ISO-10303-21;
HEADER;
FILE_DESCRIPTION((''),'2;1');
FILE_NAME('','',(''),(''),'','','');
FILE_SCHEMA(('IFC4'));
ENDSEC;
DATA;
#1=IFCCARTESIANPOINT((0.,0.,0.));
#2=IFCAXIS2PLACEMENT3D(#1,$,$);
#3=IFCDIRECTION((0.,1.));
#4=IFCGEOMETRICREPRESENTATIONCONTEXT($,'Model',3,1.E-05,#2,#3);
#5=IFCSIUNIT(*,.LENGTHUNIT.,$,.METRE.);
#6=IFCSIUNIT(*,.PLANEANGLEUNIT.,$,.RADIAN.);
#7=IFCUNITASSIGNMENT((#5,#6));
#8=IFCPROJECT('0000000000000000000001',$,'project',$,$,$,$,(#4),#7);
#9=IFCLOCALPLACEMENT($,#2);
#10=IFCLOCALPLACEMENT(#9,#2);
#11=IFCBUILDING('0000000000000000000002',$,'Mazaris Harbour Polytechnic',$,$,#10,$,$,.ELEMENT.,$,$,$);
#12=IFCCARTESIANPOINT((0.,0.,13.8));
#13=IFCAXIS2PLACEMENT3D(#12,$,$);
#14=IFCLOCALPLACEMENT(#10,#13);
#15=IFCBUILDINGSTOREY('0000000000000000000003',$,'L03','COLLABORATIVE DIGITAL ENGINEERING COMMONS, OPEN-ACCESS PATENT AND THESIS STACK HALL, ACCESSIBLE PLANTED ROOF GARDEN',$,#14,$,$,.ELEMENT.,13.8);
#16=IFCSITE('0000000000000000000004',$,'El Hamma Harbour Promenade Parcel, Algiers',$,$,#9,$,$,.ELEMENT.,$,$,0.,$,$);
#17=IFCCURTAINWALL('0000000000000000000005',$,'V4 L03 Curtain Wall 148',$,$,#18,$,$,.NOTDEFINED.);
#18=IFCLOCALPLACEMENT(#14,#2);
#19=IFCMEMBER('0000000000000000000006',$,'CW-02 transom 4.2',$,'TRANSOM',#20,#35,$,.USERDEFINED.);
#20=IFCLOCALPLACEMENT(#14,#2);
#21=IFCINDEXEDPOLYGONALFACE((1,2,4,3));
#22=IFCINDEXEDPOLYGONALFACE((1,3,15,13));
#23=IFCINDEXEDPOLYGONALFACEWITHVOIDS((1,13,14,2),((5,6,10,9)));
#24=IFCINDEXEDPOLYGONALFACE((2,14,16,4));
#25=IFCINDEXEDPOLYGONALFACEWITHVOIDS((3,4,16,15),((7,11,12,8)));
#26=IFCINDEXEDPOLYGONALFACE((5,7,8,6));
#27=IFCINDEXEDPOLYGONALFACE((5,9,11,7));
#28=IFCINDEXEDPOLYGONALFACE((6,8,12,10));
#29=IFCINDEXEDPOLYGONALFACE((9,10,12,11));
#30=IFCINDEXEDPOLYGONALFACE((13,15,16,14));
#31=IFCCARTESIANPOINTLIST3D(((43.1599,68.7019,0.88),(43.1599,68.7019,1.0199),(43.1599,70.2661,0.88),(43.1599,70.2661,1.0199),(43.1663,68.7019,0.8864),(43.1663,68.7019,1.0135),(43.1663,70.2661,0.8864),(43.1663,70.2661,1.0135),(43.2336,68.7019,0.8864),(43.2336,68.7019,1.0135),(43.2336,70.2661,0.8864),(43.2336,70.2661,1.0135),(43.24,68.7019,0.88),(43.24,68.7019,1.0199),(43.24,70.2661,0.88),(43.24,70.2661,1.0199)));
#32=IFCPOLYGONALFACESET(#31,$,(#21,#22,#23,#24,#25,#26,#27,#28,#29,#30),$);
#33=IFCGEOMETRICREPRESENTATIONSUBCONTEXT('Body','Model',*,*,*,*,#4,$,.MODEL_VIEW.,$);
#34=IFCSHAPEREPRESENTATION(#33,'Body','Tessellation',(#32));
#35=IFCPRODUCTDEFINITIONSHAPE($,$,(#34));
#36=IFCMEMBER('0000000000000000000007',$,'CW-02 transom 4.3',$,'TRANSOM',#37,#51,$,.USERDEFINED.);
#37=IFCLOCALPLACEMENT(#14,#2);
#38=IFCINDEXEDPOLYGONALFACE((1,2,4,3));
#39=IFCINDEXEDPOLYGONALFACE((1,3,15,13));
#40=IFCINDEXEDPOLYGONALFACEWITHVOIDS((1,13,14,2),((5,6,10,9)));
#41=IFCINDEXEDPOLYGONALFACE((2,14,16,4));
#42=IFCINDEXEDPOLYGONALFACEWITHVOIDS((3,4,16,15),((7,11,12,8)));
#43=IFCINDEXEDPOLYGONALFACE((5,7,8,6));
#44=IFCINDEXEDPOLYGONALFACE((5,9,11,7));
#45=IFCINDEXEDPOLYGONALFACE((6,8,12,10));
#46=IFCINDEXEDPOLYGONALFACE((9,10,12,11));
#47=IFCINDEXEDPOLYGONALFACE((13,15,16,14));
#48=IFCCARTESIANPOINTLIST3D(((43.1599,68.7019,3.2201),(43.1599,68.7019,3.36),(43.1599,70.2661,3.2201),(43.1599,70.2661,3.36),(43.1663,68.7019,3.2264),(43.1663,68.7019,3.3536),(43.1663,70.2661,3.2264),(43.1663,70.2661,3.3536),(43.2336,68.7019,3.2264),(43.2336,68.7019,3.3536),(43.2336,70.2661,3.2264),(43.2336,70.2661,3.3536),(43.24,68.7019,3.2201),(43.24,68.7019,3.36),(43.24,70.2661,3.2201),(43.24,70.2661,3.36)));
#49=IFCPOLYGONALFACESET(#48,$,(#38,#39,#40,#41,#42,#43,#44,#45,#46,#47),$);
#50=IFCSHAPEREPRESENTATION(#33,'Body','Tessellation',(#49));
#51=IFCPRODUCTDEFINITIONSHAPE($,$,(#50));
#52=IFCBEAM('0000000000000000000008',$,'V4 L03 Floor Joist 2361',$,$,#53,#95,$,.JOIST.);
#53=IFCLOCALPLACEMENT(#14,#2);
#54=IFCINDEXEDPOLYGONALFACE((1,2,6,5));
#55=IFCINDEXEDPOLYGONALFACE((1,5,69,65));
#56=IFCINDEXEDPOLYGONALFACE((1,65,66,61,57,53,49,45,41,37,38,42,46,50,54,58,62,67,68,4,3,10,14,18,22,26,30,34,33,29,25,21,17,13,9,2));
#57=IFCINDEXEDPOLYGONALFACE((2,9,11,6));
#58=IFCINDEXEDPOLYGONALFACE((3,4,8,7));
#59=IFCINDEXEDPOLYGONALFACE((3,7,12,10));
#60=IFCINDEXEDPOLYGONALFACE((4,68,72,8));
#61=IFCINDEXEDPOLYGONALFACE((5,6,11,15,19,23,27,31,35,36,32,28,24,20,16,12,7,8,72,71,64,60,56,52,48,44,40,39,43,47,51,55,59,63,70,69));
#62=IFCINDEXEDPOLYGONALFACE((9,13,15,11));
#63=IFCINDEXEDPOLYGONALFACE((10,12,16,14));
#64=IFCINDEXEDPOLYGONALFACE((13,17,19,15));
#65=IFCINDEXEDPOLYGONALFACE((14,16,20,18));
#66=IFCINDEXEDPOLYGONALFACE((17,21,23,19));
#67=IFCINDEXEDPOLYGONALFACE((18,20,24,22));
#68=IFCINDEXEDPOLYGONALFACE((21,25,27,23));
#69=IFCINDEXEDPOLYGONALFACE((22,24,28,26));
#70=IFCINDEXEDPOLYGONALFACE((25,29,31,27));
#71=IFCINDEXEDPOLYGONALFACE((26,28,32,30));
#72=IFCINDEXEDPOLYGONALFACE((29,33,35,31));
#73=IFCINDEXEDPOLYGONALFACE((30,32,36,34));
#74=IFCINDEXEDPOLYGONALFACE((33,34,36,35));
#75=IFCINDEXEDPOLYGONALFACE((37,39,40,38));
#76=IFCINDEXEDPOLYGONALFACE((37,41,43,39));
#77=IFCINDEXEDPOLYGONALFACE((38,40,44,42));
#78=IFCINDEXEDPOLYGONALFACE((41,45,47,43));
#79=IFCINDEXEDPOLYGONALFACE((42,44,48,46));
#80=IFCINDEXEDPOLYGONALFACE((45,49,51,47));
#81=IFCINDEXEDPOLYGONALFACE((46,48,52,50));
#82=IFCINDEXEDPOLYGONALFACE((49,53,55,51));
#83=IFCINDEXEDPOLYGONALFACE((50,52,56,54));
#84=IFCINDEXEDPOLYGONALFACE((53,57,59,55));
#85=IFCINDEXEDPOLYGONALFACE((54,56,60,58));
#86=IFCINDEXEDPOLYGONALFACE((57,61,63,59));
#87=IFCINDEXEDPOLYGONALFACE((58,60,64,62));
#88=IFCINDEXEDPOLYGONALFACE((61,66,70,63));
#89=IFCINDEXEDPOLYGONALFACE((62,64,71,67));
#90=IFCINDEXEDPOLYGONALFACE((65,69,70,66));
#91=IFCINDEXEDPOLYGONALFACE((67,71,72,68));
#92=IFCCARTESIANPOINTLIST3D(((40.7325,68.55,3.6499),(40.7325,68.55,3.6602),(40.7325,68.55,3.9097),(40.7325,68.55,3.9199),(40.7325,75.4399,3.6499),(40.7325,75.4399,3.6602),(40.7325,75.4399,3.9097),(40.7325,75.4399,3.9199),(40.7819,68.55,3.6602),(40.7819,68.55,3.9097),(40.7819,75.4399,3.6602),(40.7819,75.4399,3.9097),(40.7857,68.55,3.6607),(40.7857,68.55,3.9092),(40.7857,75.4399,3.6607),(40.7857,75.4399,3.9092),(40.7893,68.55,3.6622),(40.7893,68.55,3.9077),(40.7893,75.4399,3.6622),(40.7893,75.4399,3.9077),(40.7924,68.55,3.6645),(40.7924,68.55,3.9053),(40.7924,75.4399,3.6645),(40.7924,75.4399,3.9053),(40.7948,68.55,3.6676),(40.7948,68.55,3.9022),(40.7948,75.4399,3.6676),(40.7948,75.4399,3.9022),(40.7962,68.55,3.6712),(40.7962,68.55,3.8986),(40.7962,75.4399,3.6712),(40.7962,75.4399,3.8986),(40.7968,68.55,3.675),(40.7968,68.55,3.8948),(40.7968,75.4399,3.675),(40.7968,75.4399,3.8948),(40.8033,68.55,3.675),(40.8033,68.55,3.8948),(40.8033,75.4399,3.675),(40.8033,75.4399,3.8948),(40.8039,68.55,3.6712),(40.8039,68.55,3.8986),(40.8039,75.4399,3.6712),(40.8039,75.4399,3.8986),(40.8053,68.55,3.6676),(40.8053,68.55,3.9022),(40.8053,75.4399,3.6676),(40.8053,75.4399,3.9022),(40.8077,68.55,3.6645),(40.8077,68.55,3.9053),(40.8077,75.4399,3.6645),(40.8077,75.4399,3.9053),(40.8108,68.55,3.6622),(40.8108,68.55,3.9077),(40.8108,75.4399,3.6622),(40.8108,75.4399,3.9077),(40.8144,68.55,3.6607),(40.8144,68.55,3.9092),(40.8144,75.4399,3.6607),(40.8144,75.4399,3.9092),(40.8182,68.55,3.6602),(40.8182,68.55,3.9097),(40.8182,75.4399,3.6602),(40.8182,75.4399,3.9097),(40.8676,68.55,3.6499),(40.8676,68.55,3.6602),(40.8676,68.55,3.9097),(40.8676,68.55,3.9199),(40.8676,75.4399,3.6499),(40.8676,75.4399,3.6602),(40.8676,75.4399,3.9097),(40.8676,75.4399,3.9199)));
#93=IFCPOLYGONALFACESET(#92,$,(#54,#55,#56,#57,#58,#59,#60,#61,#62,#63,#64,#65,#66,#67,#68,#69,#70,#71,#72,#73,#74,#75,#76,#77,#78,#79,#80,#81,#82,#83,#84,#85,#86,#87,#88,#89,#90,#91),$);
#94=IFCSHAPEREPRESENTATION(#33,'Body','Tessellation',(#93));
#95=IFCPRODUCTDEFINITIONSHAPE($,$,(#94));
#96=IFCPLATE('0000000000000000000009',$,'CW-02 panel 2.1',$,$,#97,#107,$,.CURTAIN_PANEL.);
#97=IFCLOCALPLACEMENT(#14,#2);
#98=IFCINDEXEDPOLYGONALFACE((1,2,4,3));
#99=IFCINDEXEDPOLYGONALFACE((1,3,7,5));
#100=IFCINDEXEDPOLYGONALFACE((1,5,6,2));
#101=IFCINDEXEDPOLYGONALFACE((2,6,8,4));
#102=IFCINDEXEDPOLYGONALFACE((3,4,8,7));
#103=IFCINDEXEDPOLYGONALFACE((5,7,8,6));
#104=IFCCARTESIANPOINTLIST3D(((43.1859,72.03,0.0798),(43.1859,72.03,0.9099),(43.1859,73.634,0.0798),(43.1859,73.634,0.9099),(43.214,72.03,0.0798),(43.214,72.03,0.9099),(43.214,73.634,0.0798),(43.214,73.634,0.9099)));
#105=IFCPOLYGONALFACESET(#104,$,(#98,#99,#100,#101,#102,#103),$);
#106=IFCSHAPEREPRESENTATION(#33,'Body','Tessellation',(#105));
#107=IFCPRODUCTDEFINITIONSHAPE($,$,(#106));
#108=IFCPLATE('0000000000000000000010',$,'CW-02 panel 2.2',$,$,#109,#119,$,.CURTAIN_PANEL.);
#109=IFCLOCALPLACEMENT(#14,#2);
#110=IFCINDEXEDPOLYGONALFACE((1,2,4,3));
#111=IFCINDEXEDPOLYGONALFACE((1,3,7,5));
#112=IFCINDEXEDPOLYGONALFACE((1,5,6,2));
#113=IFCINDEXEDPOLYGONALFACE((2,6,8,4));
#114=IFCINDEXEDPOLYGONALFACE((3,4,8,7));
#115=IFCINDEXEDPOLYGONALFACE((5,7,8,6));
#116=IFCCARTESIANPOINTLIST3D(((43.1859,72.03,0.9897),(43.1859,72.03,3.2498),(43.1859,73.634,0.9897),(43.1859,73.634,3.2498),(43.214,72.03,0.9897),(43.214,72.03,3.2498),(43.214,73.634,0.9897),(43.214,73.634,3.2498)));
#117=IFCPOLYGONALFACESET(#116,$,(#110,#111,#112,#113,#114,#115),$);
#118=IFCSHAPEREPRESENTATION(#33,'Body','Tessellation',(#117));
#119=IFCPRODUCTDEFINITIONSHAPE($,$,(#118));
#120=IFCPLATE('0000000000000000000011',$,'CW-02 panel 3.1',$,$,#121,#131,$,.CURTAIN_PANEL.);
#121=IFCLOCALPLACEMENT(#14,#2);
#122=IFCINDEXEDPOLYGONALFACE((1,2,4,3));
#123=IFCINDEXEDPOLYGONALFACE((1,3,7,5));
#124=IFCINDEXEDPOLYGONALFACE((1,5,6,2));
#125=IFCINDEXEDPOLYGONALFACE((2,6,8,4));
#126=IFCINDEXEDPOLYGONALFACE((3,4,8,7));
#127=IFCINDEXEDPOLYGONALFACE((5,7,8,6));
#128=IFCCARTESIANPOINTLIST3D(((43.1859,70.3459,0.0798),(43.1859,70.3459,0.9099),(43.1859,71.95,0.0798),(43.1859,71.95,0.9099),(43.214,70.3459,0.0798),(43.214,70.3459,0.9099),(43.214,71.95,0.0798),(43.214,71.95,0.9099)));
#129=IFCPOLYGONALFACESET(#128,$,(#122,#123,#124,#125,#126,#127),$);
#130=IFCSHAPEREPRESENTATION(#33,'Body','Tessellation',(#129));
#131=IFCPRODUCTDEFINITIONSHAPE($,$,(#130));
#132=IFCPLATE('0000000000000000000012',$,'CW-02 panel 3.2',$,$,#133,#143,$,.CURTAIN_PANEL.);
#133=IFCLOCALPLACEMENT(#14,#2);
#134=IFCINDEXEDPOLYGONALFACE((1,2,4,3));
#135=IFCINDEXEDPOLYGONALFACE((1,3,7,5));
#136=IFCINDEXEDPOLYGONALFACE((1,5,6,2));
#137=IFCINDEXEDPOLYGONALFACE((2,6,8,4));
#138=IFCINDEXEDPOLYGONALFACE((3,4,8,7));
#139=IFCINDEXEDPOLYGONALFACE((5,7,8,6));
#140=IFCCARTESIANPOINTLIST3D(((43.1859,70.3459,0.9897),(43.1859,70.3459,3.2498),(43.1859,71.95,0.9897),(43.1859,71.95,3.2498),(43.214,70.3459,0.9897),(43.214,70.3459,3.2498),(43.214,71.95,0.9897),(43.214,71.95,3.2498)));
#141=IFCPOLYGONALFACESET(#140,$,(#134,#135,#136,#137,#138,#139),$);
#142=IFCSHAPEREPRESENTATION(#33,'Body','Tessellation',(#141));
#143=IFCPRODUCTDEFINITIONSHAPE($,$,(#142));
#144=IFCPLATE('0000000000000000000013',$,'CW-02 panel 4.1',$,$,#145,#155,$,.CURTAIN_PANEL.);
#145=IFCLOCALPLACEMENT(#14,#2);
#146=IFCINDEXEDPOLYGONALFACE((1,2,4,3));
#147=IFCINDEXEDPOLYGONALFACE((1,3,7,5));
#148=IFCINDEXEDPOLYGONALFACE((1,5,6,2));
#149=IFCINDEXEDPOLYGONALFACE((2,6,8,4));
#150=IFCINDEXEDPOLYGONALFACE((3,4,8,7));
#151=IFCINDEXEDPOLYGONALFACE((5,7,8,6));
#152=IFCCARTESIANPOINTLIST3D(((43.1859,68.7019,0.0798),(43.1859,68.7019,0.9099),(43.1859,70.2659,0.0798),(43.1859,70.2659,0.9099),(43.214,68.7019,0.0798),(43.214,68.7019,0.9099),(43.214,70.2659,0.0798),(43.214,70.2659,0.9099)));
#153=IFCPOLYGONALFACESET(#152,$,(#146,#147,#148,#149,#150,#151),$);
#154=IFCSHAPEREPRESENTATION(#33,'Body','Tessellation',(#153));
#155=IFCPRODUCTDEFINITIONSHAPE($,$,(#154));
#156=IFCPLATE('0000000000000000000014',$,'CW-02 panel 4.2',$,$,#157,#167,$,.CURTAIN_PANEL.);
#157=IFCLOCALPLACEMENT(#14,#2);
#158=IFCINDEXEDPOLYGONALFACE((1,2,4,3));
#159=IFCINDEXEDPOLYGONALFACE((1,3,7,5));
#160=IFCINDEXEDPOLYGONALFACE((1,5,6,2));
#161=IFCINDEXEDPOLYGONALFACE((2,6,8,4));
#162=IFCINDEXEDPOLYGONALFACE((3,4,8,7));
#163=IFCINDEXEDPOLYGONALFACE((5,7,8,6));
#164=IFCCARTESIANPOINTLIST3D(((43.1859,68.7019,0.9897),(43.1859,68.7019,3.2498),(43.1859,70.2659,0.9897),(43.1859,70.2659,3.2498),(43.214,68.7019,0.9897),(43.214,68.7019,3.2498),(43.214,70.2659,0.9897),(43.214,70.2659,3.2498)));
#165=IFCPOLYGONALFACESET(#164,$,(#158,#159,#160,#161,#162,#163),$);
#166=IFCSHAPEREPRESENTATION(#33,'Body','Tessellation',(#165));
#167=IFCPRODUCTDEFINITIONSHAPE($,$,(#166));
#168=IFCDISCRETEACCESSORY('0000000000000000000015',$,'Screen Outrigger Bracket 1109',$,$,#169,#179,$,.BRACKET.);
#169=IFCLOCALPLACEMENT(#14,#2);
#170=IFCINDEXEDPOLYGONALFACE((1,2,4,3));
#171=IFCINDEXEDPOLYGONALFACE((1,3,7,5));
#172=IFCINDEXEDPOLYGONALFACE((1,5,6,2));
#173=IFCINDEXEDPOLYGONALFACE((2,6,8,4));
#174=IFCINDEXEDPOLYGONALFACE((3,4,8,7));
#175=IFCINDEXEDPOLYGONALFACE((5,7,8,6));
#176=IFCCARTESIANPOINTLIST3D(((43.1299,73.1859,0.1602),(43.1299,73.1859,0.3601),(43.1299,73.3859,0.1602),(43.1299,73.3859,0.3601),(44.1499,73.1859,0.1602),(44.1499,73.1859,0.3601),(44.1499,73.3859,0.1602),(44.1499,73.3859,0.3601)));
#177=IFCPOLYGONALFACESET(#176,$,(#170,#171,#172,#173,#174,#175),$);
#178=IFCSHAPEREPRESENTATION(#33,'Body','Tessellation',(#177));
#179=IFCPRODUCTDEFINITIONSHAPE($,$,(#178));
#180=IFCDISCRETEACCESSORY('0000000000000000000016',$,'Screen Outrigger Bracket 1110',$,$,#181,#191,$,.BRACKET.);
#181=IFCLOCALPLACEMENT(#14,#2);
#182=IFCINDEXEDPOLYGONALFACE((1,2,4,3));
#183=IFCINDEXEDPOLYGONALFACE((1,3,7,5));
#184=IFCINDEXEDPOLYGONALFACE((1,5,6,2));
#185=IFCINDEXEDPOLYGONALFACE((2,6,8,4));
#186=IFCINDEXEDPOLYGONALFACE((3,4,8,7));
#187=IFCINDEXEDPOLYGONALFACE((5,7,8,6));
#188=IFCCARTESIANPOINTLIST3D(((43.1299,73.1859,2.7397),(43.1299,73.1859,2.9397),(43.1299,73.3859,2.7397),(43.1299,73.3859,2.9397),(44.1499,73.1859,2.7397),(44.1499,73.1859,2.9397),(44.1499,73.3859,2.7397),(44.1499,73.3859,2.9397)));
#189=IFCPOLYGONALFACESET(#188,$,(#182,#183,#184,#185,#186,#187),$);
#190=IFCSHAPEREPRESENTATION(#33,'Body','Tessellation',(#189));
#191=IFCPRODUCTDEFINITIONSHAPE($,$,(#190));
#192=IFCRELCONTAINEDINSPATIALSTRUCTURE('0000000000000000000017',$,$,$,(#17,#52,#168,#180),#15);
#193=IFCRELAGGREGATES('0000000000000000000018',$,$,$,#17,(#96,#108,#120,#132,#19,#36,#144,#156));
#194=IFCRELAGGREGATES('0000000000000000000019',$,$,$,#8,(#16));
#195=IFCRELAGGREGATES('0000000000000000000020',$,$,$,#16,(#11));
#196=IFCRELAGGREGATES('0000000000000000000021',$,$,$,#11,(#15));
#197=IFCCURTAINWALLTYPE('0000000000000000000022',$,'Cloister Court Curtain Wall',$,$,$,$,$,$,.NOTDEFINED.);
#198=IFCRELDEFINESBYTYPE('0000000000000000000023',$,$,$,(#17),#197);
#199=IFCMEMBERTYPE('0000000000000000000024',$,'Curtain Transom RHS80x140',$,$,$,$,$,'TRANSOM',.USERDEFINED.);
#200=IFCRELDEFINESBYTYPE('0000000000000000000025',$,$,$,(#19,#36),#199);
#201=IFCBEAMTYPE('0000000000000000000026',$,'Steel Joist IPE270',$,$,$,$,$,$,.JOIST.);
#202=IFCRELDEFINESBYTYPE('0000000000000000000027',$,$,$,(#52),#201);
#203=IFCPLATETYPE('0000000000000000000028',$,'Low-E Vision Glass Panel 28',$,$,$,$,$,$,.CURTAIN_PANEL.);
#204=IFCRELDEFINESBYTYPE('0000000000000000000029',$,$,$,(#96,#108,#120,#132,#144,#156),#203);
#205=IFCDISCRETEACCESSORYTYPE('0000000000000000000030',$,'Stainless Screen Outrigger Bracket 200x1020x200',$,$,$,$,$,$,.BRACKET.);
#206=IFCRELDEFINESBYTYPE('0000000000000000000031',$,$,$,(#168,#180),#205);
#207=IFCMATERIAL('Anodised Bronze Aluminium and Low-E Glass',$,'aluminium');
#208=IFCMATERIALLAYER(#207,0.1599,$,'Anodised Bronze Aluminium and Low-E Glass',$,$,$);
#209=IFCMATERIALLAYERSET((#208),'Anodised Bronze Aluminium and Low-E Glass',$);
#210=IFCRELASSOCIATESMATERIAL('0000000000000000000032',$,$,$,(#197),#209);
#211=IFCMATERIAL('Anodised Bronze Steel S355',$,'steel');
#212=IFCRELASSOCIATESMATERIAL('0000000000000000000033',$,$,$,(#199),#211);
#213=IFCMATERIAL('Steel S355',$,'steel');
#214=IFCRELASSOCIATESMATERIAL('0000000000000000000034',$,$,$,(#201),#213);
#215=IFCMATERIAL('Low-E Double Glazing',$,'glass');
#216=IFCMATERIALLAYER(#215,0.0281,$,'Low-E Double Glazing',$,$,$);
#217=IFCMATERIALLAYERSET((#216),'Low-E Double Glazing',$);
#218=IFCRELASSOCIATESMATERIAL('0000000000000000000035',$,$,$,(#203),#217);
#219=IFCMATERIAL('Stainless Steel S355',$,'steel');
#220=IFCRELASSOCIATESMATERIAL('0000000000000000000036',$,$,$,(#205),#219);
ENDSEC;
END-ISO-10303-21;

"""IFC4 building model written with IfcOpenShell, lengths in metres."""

from ifc_helpers import new_model, si_unit, direction, frame, origin, origin_2d, place, context, subcontext, project, spatial, rectangle, hollow_rectangle, i_section, extrude, material, layer, layer_set, material_profile, profile_set, type_object, element, aggregate, save


model = new_model("IFC4")

# Units and contexts
model_context = context("Model", 3, precision=1e-05, world=origin(), true_north=direction((0.0, 1.0)))
body_context = subcontext(model_context, "Body", "Model", "MODEL_VIEW")
ifc_project = project(units=[si_unit("LENGTHUNIT", "METRE"), si_unit("PLANEANGLEUNIT", "RADIAN")], contexts=[model_context])

# Site, building, storey
site_placement = place(None, origin())
site = spatial("IfcSite", under=ifc_project, at=site_placement, Name="El Hamma Harbour Promenade Parcel, Algiers", CompositionType="ELEMENT", RefElevation=0.0)
building_placement = place(site_placement, origin())
building = spatial("IfcBuilding", under=site, at=building_placement, Name="Mazaris Harbour Polytechnic", CompositionType="ELEMENT")
storey_placement = place(building_placement, frame((0.0, 0.0, 13.8)))
storey = spatial("IfcBuildingStorey", under=building, at=storey_placement, Name="L03", Description="COLLABORATIVE DIGITAL ENGINEERING COMMONS, OPEN-ACCESS PATENT AND THESIS STACK HALL, ACCESSIBLE PLANTED ROOF GARDEN", CompositionType="ELEMENT", Elevation=13.8)

# Curtain wall, members
ifc_material_1 = material(Name="Anodised Bronze Aluminium and Low-E Glass", Category="aluminium")
ifc_layer_1 = layer(ifc_material_1, 0.1599, Name="Anodised Bronze Aluminium and Low-E Glass")
ifc_layer_set_1 = layer_set([ifc_layer_1], Name="Anodised Bronze Aluminium and Low-E Glass")
curtain_wall_type = type_object("IfcCurtainWallType", Name="Cloister Court Curtain Wall", PredefinedType="NOTDEFINED", material=ifc_layer_set_1)
curtain_wall_placement = place(storey_placement, origin())
curtain_wall = element("IfcCurtainWall", 1, at=curtain_wall_placement, inside=storey, type_object=curtain_wall_type, Name="V4 L03 Curtain Wall 148", PredefinedType="NOTDEFINED")
ifc_material_2 = material(Name="Anodised Bronze Steel S355", Category="steel")
ifc_material_profile_1 = material_profile(ifc_material_2, hollow_rectangle(XDim=0.0801, YDim=0.1399, WallThickness=0.0063, at=origin_2d()), Name="RHS 80x140x6.3")
ifc_profile_set_1 = profile_set([ifc_material_profile_1], Name="Anodised Bronze Steel S355")
member_type_1 = type_object("IfcMemberType", Name="Curtain Transom RHS80x140", ElementType="TRANSOM", PredefinedType="USERDEFINED", material=ifc_profile_set_1)
member_1_placement = place(storey_placement, frame((43.2, 70.2661, 0.95), z_axis=(0.0, -1.0, 0.0), x_axis=(1.0, 0.0, 0.0)))
member_1 = element("IfcMember", 2, at=member_1_placement, type_object=member_type_1, Name="CW-02 transom 4.2", ObjectType="TRANSOM", PredefinedType="USERDEFINED", context=body_context, shape_type="SweptSolid", body=[
    extrude(hollow_rectangle(XDim=0.0801, YDim=0.1399, WallThickness=0.0063, at=origin_2d()), origin(), (0.0, 0.0, 1.0), 1.5642),
])
member_2_placement = place(storey_placement, frame((43.2, 70.2661, 3.29), z_axis=(0.0, -1.0, 0.0), x_axis=(1.0, 0.0, 0.0)))
member_2 = element("IfcMember", 3, at=member_2_placement, type_object=member_type_1, Name="CW-02 transom 4.3", ObjectType="TRANSOM", PredefinedType="USERDEFINED", context=body_context, shape_type="SweptSolid", body=[
    extrude(hollow_rectangle(XDim=0.0801, YDim=0.1399, WallThickness=0.0063, at=origin_2d()), origin(), (0.0, 0.0, 1.0), 1.5642),
])

# Beam
ifc_material_3 = material(Name="Steel S355", Category="steel")
ifc_material_profile_2 = material_profile(ifc_material_3, i_section(OverallWidth=0.135, OverallDepth=0.27, WebThickness=0.0066, FlangeThickness=0.0103, FilletRadius=0.0149, at=origin_2d()), Name="IPE 270")
ifc_profile_set_2 = profile_set([ifc_material_profile_2], Name="Steel S355")
beam_type = type_object("IfcBeamType", Name="Steel Joist IPE270", PredefinedType="JOIST", material=ifc_profile_set_2)
beam_placement = place(storey_placement, frame((40.8, 68.55, 3.7849), z_axis=(0.0, 1.0, 0.0), x_axis=(-1.0, 0.0, 0.0)))
element("IfcBeam", 4, at=beam_placement, inside=storey, type_object=beam_type, Name="V4 L03 Floor Joist 2361", PredefinedType="JOIST", context=body_context, shape_type="SweptSolid", body=[
    extrude(i_section(OverallWidth=0.135, OverallDepth=0.27, WebThickness=0.0066, FlangeThickness=0.0103, FilletRadius=0.0149, at=origin_2d()), origin(), (0.0, 0.0, 1.0), 6.8899),
])

# Plates
ifc_material_4 = material(Name="Low-E Double Glazing", Category="glass")
ifc_layer_2 = layer(ifc_material_4, 0.0281, Name="Low-E Double Glazing")
ifc_layer_set_2 = layer_set([ifc_layer_2], Name="Low-E Double Glazing")
plate_type = type_object("IfcPlateType", Name="Low-E Vision Glass Panel 28", PredefinedType="CURTAIN_PANEL", material=ifc_layer_set_2)
plate_1_placement = place(storey_placement, frame((43.2, 72.832, 0.0798), z_axis=(0.0, 0.0, 1.0), x_axis=(0.0, -1.0, 0.0)))
plate_1 = element("IfcPlate", 5, at=plate_1_placement, type_object=plate_type, Name="CW-02 panel 2.1", PredefinedType="CURTAIN_PANEL", context=body_context, shape_type="SweptSolid", body=[
    extrude(rectangle(XDim=1.604, YDim=0.0281, at=origin_2d()), origin(), (0.0, 0.0, 1.0), 0.8301),
])
plate_2_placement = place(storey_placement, frame((43.2, 72.832, 0.9897), z_axis=(0.0, 0.0, 1.0), x_axis=(0.0, -1.0, 0.0)))
plate_2 = element("IfcPlate", 6, at=plate_2_placement, type_object=plate_type, Name="CW-02 panel 2.2", PredefinedType="CURTAIN_PANEL", context=body_context, shape_type="SweptSolid", body=[
    extrude(rectangle(XDim=1.604, YDim=0.0281, at=origin_2d()), origin(), (0.0, 0.0, 1.0), 2.26),
])
plate_3_placement = place(storey_placement, frame((43.2, 71.1479, 0.0798), z_axis=(0.0, 0.0, 1.0), x_axis=(0.0, -1.0, 0.0)))
plate_3 = element("IfcPlate", 7, at=plate_3_placement, type_object=plate_type, Name="CW-02 panel 3.1", PredefinedType="CURTAIN_PANEL", context=body_context, shape_type="SweptSolid", body=[
    extrude(rectangle(XDim=1.604, YDim=0.0281, at=origin_2d()), origin(), (0.0, 0.0, 1.0), 0.8301),
])
plate_4_placement = place(storey_placement, frame((43.2, 71.1479, 0.9897), z_axis=(0.0, 0.0, 1.0), x_axis=(0.0, -1.0, 0.0)))
plate_4 = element("IfcPlate", 8, at=plate_4_placement, type_object=plate_type, Name="CW-02 panel 3.2", PredefinedType="CURTAIN_PANEL", context=body_context, shape_type="SweptSolid", body=[
    extrude(rectangle(XDim=1.604, YDim=0.0281, at=origin_2d()), origin(), (0.0, 0.0, 1.0), 2.26),
])
plate_5_placement = place(storey_placement, frame((43.2, 69.4839, 0.0798), z_axis=(0.0, 0.0, 1.0), x_axis=(0.0, -1.0, 0.0)))
plate_5 = element("IfcPlate", 9, at=plate_5_placement, type_object=plate_type, Name="CW-02 panel 4.1", PredefinedType="CURTAIN_PANEL", context=body_context, shape_type="SweptSolid", body=[
    extrude(rectangle(XDim=1.564, YDim=0.0281, at=origin_2d()), origin(), (0.0, 0.0, 1.0), 0.8301),
])
plate_6_placement = place(storey_placement, frame((43.2, 69.4839, 0.9897), z_axis=(0.0, 0.0, 1.0), x_axis=(0.0, -1.0, 0.0)))
plate_6 = element("IfcPlate", 10, at=plate_6_placement, type_object=plate_type, Name="CW-02 panel 4.2", PredefinedType="CURTAIN_PANEL", context=body_context, shape_type="SweptSolid", body=[
    extrude(rectangle(XDim=1.564, YDim=0.0281, at=origin_2d()), origin(), (0.0, 0.0, 1.0), 2.26),
])
aggregate(curtain_wall, [plate_1, plate_2, plate_3, plate_4, member_1, member_2, plate_5, plate_6])

# Discrete accessories
ifc_material_5 = material(Name="Stainless Steel S355", Category="steel")
discrete_accessory_type = type_object("IfcDiscreteAccessoryType", Name="Stainless Screen Outrigger Bracket 200x1020x200", PredefinedType="BRACKET", material=ifc_material_5)
for number, where, z_axis, x_axis, name in (
    (11, (43.6399, 73.2859, 0.1602), (0.0, 0.0, 1.0), (0.0, -1.0, 0.0), "Screen Outrigger Bracket 1109"),
    (12, (43.6399, 73.2859, 2.7397), (0.0, 0.0, 1.0), (0.0, -1.0, 0.0), "Screen Outrigger Bracket 1110"),
):
    element("IfcDiscreteAccessory", number, at=place(storey_placement, frame(where, z_axis=z_axis, x_axis=x_axis)), inside=storey, type_object=discrete_accessory_type, Name=name, PredefinedType="BRACKET", context=body_context, shape_type="SweptSolid", body=[
        extrude(rectangle(XDim=0.2, YDim=1.02, at=origin_2d()), origin(), (0.0, 0.0, 1.0), 0.2),
    ])

save(model, "model.ifc")
